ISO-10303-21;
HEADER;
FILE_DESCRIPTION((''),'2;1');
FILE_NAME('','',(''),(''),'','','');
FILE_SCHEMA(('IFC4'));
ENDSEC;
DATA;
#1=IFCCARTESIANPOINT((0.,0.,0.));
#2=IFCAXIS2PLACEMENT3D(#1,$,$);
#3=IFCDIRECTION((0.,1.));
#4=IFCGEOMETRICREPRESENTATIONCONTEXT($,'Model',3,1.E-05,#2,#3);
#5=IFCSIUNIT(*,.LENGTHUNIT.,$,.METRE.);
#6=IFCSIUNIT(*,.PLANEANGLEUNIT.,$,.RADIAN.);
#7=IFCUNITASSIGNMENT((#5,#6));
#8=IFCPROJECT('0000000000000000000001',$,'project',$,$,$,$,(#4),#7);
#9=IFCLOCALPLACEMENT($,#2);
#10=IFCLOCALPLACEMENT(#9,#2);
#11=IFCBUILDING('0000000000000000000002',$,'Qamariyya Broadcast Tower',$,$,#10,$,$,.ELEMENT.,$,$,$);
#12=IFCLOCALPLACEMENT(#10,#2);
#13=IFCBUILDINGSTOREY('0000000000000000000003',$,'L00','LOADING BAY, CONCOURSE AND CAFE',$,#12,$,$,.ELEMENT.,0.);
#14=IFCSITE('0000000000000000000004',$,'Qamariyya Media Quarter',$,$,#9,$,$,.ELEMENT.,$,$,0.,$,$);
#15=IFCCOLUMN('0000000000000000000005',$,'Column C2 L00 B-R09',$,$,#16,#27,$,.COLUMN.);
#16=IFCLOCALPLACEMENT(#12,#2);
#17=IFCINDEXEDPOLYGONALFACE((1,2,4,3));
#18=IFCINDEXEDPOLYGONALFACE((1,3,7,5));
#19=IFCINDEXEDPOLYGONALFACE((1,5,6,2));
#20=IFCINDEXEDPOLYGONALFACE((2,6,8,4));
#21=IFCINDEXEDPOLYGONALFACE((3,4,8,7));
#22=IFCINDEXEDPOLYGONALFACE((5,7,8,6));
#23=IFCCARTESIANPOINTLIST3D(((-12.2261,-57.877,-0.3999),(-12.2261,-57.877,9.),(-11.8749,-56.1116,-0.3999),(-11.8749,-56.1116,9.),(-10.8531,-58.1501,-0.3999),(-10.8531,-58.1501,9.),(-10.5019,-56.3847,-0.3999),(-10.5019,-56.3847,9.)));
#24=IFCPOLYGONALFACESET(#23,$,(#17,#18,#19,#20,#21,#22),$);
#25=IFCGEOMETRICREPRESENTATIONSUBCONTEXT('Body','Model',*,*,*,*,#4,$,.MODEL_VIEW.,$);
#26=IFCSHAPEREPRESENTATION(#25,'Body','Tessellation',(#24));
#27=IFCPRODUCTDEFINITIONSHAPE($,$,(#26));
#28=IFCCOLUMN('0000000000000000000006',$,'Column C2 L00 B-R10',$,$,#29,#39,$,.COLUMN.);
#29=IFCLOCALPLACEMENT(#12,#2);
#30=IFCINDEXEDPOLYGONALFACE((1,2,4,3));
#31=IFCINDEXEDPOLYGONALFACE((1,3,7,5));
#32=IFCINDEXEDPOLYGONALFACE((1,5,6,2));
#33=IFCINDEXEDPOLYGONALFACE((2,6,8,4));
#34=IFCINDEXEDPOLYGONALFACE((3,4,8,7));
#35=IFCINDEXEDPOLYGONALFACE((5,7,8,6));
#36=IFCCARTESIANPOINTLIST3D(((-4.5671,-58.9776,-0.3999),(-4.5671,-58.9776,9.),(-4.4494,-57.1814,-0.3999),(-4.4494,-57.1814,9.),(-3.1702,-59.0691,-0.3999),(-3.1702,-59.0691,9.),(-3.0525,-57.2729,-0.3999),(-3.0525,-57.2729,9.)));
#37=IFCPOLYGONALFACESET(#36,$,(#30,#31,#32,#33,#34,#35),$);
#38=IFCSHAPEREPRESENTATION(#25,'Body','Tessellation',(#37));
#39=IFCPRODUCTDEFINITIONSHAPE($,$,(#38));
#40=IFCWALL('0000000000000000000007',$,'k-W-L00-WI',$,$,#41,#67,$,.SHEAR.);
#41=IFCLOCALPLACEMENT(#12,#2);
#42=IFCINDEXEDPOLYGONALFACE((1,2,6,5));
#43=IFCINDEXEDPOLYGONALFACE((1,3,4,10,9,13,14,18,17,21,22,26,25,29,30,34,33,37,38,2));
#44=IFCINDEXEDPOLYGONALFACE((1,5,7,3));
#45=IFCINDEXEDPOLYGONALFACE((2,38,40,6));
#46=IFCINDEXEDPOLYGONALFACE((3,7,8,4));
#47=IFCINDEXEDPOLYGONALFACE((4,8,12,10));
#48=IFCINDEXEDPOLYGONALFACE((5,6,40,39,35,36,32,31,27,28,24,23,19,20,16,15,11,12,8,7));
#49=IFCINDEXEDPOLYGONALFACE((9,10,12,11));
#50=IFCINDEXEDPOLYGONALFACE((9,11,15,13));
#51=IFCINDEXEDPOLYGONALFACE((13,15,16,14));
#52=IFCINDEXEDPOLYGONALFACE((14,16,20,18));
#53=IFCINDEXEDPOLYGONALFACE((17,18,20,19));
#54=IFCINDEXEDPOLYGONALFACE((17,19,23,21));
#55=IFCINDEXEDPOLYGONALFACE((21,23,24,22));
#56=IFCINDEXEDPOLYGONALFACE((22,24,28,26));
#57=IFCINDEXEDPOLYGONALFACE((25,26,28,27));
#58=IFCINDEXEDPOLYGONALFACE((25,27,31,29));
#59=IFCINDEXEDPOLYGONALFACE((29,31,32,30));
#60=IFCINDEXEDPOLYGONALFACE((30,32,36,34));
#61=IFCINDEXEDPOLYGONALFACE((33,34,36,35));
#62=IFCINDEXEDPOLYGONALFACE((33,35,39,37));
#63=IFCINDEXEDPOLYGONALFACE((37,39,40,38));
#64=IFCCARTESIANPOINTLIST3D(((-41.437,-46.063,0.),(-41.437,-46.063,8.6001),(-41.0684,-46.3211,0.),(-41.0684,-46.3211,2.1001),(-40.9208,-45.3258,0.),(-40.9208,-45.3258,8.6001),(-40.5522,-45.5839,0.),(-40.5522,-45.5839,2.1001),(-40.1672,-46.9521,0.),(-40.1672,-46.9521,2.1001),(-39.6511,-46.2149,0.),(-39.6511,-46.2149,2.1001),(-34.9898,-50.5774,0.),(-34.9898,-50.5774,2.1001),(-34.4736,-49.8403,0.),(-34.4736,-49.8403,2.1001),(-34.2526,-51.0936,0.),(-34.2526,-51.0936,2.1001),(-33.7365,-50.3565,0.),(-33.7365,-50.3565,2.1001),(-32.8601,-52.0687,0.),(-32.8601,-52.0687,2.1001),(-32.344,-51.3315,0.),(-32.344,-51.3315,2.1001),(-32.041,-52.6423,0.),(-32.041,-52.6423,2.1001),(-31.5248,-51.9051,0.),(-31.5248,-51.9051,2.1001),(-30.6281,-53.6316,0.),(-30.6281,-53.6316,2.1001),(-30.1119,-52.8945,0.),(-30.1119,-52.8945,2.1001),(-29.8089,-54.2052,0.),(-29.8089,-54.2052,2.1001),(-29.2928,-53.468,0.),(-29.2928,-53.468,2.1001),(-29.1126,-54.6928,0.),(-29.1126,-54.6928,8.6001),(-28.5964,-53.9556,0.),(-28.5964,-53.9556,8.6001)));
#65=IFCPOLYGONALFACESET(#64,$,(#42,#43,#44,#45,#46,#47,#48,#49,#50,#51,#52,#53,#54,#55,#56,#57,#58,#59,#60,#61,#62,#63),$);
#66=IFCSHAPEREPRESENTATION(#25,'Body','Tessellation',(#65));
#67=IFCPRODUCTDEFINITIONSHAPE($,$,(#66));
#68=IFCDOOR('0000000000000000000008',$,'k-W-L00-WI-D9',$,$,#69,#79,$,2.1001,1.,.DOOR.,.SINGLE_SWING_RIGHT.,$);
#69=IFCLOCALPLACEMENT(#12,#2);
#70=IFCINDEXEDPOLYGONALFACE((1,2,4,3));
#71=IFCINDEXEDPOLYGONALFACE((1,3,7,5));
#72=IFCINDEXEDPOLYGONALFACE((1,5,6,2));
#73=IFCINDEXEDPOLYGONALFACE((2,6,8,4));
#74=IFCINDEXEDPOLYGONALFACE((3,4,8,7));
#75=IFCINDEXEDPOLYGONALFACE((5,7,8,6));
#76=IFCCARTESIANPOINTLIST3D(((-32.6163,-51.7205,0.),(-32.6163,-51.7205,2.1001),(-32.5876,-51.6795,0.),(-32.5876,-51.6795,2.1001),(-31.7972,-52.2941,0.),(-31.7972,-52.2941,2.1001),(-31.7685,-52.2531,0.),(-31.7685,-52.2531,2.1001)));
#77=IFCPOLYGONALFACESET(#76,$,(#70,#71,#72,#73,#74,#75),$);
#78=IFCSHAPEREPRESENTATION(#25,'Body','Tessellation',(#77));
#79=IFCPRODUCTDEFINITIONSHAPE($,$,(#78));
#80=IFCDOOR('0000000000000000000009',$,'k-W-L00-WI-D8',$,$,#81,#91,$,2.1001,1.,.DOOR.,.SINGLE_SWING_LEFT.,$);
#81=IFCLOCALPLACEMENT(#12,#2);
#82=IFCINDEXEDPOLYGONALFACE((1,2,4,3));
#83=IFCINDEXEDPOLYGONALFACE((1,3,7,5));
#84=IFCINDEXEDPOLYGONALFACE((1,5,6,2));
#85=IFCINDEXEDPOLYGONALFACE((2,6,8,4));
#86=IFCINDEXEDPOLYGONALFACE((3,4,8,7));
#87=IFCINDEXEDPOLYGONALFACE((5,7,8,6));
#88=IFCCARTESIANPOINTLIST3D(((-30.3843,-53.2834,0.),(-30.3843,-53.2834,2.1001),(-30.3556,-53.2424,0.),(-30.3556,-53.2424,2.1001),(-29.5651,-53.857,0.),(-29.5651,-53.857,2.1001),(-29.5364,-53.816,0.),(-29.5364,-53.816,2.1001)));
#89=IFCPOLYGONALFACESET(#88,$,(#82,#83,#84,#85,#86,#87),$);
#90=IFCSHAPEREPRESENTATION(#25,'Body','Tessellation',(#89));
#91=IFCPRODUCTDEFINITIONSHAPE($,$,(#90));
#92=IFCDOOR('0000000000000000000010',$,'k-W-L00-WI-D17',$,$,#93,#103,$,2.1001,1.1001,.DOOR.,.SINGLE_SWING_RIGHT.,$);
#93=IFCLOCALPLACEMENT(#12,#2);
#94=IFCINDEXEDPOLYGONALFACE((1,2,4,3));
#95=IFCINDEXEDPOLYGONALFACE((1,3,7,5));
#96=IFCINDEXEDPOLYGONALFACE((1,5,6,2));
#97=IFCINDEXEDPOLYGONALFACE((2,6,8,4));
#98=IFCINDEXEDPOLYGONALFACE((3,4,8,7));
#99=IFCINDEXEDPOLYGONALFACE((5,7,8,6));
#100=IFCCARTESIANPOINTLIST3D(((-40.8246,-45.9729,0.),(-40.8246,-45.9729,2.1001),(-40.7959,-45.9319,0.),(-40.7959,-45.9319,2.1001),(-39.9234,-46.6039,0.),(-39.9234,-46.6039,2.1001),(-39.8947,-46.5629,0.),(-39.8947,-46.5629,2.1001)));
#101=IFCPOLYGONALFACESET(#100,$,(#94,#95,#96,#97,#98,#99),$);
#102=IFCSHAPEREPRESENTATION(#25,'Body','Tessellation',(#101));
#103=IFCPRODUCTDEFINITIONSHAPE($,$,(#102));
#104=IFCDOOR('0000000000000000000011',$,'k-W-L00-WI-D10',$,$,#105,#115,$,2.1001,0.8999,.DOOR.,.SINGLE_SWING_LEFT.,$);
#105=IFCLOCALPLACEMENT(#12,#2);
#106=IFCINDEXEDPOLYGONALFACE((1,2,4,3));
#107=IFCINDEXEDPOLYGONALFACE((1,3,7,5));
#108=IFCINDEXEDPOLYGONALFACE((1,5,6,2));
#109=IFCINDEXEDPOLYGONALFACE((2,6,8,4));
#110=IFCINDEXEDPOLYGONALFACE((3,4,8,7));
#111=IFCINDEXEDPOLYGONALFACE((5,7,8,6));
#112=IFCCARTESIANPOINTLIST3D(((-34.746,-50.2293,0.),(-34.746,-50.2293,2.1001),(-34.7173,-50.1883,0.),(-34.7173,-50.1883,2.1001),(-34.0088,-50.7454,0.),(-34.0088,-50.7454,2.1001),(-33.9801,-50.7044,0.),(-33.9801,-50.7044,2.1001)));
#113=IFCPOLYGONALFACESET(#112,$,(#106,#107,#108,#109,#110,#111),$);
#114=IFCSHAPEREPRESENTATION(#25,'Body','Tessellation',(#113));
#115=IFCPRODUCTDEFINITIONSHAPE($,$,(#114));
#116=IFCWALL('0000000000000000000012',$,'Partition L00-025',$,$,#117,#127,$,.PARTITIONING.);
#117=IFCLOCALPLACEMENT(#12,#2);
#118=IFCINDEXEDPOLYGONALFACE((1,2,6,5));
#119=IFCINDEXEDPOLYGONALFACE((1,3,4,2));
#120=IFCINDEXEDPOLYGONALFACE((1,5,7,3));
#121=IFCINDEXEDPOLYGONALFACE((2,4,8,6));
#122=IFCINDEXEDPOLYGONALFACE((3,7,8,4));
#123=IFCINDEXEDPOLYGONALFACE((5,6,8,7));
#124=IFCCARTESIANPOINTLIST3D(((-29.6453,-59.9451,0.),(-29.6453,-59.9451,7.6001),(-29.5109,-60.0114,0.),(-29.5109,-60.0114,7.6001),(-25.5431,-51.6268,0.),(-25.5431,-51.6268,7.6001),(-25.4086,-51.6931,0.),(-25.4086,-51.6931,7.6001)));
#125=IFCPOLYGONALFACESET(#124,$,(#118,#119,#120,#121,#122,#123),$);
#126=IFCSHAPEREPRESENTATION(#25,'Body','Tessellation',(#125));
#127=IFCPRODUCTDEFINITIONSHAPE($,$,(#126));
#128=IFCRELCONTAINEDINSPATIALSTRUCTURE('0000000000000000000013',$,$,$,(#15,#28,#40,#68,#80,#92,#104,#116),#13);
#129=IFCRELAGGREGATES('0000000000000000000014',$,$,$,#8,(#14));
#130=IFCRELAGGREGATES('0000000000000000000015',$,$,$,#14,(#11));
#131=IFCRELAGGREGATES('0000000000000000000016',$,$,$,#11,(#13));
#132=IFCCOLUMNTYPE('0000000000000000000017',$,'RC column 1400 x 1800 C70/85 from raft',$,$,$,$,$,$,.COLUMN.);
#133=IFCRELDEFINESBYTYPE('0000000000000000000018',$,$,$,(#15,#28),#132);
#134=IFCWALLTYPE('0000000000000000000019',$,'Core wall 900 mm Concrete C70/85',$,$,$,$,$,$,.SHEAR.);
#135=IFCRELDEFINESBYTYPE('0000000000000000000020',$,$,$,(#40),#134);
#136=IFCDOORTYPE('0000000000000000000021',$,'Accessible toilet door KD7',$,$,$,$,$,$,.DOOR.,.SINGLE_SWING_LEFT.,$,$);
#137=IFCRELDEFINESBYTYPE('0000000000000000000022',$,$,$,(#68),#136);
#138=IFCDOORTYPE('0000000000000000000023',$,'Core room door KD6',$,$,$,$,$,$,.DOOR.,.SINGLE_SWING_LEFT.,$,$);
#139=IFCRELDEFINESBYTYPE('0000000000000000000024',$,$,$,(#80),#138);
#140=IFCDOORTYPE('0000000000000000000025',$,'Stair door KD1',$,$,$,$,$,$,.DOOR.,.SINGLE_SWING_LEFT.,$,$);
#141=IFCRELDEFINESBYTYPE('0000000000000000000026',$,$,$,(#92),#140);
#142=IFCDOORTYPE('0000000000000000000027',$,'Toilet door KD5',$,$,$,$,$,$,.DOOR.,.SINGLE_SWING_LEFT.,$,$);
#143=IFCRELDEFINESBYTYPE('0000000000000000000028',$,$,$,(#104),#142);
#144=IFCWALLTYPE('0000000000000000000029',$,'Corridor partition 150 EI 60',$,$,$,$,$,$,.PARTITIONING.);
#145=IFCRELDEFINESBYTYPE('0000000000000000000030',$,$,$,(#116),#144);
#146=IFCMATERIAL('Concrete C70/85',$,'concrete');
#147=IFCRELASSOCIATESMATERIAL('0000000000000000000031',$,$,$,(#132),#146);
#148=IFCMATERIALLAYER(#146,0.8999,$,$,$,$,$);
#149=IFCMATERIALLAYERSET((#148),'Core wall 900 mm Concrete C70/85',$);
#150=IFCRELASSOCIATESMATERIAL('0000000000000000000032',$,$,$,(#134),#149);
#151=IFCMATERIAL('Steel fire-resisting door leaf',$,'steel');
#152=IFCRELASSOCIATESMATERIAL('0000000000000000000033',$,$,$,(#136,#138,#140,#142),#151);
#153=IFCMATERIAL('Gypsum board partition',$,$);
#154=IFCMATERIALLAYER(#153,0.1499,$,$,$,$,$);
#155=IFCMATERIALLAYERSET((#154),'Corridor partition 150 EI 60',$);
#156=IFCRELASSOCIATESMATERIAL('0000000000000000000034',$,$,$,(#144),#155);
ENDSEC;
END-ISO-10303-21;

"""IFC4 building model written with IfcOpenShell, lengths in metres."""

from ifc_helpers import new_model, si_unit, direction, frame, frame_2d, origin, origin_2d, place, context, subcontext, project, spatial, rectangle, extrude, material, layer, layer_set, material_profile, profile_set, type_object, element, fill, save


model = new_model("IFC4")

# Units and contexts
model_context = context("Model", 3, precision=1e-05, world=origin(), true_north=direction((0.0, 1.0)))
body_context = subcontext(model_context, "Body", "Model", "MODEL_VIEW")
ifc_project = project(units=[si_unit("LENGTHUNIT", "METRE"), si_unit("PLANEANGLEUNIT", "RADIAN")], contexts=[model_context])

# Site, building, storey
site_placement = place(None, origin())
site = spatial("IfcSite", under=ifc_project, at=site_placement, Name="Qamariyya Media Quarter", CompositionType="ELEMENT", RefElevation=0.0)
building_placement = place(site_placement, origin())
building = spatial("IfcBuilding", under=site, at=building_placement, Name="Qamariyya Broadcast Tower", CompositionType="ELEMENT")
storey_placement = place(building_placement, origin())
storey = spatial("IfcBuildingStorey", under=building, at=storey_placement, Name="L00", Description="LOADING BAY, CONCOURSE AND CAFE", CompositionType="ELEMENT", Elevation=0.0)

# Columns
ifc_material_1 = material(Name="Concrete C70/85", Category="concrete")
ifc_material_profile_1 = material_profile(ifc_material_1, rectangle(XDim=1.3999, YDim=1.8, at=origin_2d()))
ifc_profile_set_1 = profile_set([ifc_material_profile_1], Name="Concrete C70/85")
column_type_1 = type_object("IfcColumnType", Name="RC column 1400 x 1800 C70/85 from raft", PredefinedType="COLUMN", material=ifc_profile_set_1)
for number, where, z_axis, x_axis, name in (
    (1, (-11.364, -57.1309, -0.3999), (0.0, 0.0, 1.0), (0.980785, -0.19509, 0.0), "Column C2 L00 B-R09"),
    (2, (-3.8098, -58.1252, -0.3999), (0.0, 0.0, 1.0), (0.997859, -0.065403, 0.0), "Column C2 L00 B-R10"),
):
    element("IfcColumn", number, at=place(storey_placement, frame(where, z_axis=z_axis, x_axis=x_axis)), inside=storey, type_object=column_type_1, Name=name, PredefinedType="COLUMN", context=body_context, shape_type="SweptSolid", body=[
        extrude(rectangle(XDim=1.3999, YDim=1.8, at=origin_2d()), origin(), (0.0, 0.0, 1.0), 9.3999),
    ])

# Wall, openings, doors
ifc_layer_1 = layer(ifc_material_1, 0.8999)
ifc_layer_set_1 = layer_set([ifc_layer_1], Name="Core wall 900 mm Concrete C70/85")
wall_type_1 = type_object("IfcWallType", Name="Core wall 900 mm Concrete C70/85", PredefinedType="SHEAR", material=ifc_layer_set_1)
wall_1_placement = place(storey_placement, frame((-28.8545, -54.3242, 0.0), z_axis=(0.0, 0.0, 1.0), x_axis=(-0.819146, 0.573585, 0.0)))
wall_1 = element("IfcWall", 3, at=wall_1_placement, inside=storey, type_object=wall_type_1, Name="k-W-L00-WI", PredefinedType="SHEAR", context=body_context, shape_type="SweptSolid", body=[
    extrude(rectangle(XDim=15.0454, YDim=0.8999, at=frame_2d((7.5227, 0.0))), origin(), (0.0, 0.0, 1.0), 8.6001),
])
opening_1_placement = place(wall_1_placement, frame((0.8501, 0.0, 0.0)))
opening_1 = element("IfcOpeningElement", 4, at=opening_1_placement, cuts=wall_1, PredefinedType="OPENING", context=body_context, shape_type="SweptSolid", body=[
    extrude(rectangle(XDim=1.0, YDim=2.1001, at=frame_2d((0.5, 1.05))), frame((0.0, 0.46, 0.0), z_axis=(0.0, -1.0, 0.0), x_axis=(1.0, 0.0, 0.0)), (0.0, 0.0, 1.0), 0.9199),
])
opening_2_placement = place(wall_1_placement, frame((3.575, 0.0, 0.0)))
opening_2 = element("IfcOpeningElement", 5, at=opening_2_placement, cuts=wall_1, PredefinedType="OPENING", context=body_context, shape_type="SweptSolid", body=[
    extrude(rectangle(XDim=1.0, YDim=2.1001, at=frame_2d((0.5, 1.05))), frame((0.0, 0.46, 0.0), z_axis=(0.0, -1.0, 0.0), x_axis=(1.0, 0.0, 0.0)), (0.0, 0.0, 1.0), 0.9199),
])
opening_3_placement = place(wall_1_placement, frame((6.2749, 0.0, 0.0)))
opening_3 = element("IfcOpeningElement", 6, at=opening_3_placement, cuts=wall_1, PredefinedType="OPENING", context=body_context, shape_type="SweptSolid", body=[
    extrude(rectangle(XDim=0.8999, YDim=2.1001, at=frame_2d((0.45, 1.05))), frame((0.0, 0.46, 0.0), z_axis=(0.0, -1.0, 0.0), x_axis=(1.0, 0.0, 0.0)), (0.0, 0.0, 1.0), 0.9199),
])
opening_4_placement = place(wall_1_placement, frame((13.4954, 0.0, 0.0)))
opening_4 = element("IfcOpeningElement", 7, at=opening_4_placement, cuts=wall_1, PredefinedType="OPENING", context=body_context, shape_type="SweptSolid", body=[
    extrude(rectangle(XDim=1.1001, YDim=2.1001, at=frame_2d((0.55, 1.05))), frame((0.0, 0.46, 0.0), z_axis=(0.0, -1.0, 0.0), x_axis=(1.0, 0.0, 0.0)), (0.0, 0.0, 1.0), 0.9199),
])
ifc_material_2 = material(Name="Steel fire-resisting door leaf", Category="steel")
door_type_1 = type_object("IfcDoorType", Name="Accessible toilet door KD7", OperationType="SINGLE_SWING_LEFT", PredefinedType="DOOR", material=ifc_material_2)
door_1_placement = place(opening_2_placement, origin())
door_1 = element("IfcDoor", 8, at=door_1_placement, inside=storey, type_object=door_type_1, Name="k-W-L00-WI-D9", OperationType="SINGLE_SWING_RIGHT", OverallHeight=2.1001, OverallWidth=1.0, PredefinedType="DOOR", context=body_context, shape_type="SweptSolid", body=[
    extrude(rectangle(XDim=1.0, YDim=2.1001, at=frame_2d((0.5, 1.05))), frame((0.0, 0.0249, 0.0), z_axis=(0.0, -1.0, 0.0), x_axis=(1.0, 0.0, 0.0)), (0.0, 0.0, 1.0), 0.05),
])
fill(opening_2, door_1)
door_type_2 = type_object("IfcDoorType", Name="Core room door KD6", OperationType="SINGLE_SWING_LEFT", PredefinedType="DOOR", material=ifc_material_2)
door_2_placement = place(opening_1_placement, origin())
door_2 = element("IfcDoor", 9, at=door_2_placement, inside=storey, type_object=door_type_2, Name="k-W-L00-WI-D8", OperationType="SINGLE_SWING_LEFT", OverallHeight=2.1001, OverallWidth=1.0, PredefinedType="DOOR", context=body_context, shape_type="SweptSolid", body=[
    extrude(rectangle(XDim=1.0, YDim=2.1001, at=frame_2d((0.5, 1.05))), frame((0.0, 0.0249, 0.0), z_axis=(0.0, -1.0, 0.0), x_axis=(1.0, 0.0, 0.0)), (0.0, 0.0, 1.0), 0.05),
])
fill(opening_1, door_2)
door_type_3 = type_object("IfcDoorType", Name="Stair door KD1", OperationType="SINGLE_SWING_LEFT", PredefinedType="DOOR", material=ifc_material_2)
door_3_placement = place(opening_4_placement, origin())
door_3 = element("IfcDoor", 10, at=door_3_placement, inside=storey, type_object=door_type_3, Name="k-W-L00-WI-D17", OperationType="SINGLE_SWING_RIGHT", OverallHeight=2.1001, OverallWidth=1.1001, PredefinedType="DOOR", context=body_context, shape_type="SweptSolid", body=[
    extrude(rectangle(XDim=1.1001, YDim=2.1001, at=frame_2d((0.55, 1.05))), frame((0.0, 0.0249, 0.0), z_axis=(0.0, -1.0, 0.0), x_axis=(1.0, 0.0, 0.0)), (0.0, 0.0, 1.0), 0.05),
])
fill(opening_4, door_3)
door_type_4 = type_object("IfcDoorType", Name="Toilet door KD5", OperationType="SINGLE_SWING_LEFT", PredefinedType="DOOR", material=ifc_material_2)
door_4_placement = place(opening_3_placement, origin())
door_4 = element("IfcDoor", 11, at=door_4_placement, inside=storey, type_object=door_type_4, Name="k-W-L00-WI-D10", OperationType="SINGLE_SWING_LEFT", OverallHeight=2.1001, OverallWidth=0.8999, PredefinedType="DOOR", context=body_context, shape_type="SweptSolid", body=[
    extrude(rectangle(XDim=0.8999, YDim=2.1001, at=frame_2d((0.45, 1.05))), frame((0.0, 0.0249, 0.0), z_axis=(0.0, -1.0, 0.0), x_axis=(1.0, 0.0, 0.0)), (0.0, 0.0, 1.0), 0.05),
])
fill(opening_3, door_4)

# Wall
ifc_material_3 = material(Name="Gypsum board partition")
ifc_layer_2 = layer(ifc_material_3, 0.1499)
ifc_layer_set_2 = layer_set([ifc_layer_2], Name="Corridor partition 150 EI 60")
wall_type_2 = type_object("IfcWallType", Name="Corridor partition 150 EI 60", PredefinedType="PARTITIONING", material=ifc_layer_set_2)
wall_2_placement = place(storey_placement, frame((-25.4758, -51.6599, 0.0), z_axis=(0.0, 0.0, 1.0), x_axis=(-0.4423, -0.896867, 0.0)))
element("IfcWall", 12, at=wall_2_placement, inside=storey, type_object=wall_type_2, Name="Partition L00-025", PredefinedType="PARTITIONING", context=body_context, shape_type="SweptSolid", body=[
    extrude(rectangle(XDim=9.2749, YDim=0.1499, at=frame_2d((4.6375, 0.0))), origin(), (0.0, 0.0, 1.0), 7.6001),
])

save(model, "model.ifc")
